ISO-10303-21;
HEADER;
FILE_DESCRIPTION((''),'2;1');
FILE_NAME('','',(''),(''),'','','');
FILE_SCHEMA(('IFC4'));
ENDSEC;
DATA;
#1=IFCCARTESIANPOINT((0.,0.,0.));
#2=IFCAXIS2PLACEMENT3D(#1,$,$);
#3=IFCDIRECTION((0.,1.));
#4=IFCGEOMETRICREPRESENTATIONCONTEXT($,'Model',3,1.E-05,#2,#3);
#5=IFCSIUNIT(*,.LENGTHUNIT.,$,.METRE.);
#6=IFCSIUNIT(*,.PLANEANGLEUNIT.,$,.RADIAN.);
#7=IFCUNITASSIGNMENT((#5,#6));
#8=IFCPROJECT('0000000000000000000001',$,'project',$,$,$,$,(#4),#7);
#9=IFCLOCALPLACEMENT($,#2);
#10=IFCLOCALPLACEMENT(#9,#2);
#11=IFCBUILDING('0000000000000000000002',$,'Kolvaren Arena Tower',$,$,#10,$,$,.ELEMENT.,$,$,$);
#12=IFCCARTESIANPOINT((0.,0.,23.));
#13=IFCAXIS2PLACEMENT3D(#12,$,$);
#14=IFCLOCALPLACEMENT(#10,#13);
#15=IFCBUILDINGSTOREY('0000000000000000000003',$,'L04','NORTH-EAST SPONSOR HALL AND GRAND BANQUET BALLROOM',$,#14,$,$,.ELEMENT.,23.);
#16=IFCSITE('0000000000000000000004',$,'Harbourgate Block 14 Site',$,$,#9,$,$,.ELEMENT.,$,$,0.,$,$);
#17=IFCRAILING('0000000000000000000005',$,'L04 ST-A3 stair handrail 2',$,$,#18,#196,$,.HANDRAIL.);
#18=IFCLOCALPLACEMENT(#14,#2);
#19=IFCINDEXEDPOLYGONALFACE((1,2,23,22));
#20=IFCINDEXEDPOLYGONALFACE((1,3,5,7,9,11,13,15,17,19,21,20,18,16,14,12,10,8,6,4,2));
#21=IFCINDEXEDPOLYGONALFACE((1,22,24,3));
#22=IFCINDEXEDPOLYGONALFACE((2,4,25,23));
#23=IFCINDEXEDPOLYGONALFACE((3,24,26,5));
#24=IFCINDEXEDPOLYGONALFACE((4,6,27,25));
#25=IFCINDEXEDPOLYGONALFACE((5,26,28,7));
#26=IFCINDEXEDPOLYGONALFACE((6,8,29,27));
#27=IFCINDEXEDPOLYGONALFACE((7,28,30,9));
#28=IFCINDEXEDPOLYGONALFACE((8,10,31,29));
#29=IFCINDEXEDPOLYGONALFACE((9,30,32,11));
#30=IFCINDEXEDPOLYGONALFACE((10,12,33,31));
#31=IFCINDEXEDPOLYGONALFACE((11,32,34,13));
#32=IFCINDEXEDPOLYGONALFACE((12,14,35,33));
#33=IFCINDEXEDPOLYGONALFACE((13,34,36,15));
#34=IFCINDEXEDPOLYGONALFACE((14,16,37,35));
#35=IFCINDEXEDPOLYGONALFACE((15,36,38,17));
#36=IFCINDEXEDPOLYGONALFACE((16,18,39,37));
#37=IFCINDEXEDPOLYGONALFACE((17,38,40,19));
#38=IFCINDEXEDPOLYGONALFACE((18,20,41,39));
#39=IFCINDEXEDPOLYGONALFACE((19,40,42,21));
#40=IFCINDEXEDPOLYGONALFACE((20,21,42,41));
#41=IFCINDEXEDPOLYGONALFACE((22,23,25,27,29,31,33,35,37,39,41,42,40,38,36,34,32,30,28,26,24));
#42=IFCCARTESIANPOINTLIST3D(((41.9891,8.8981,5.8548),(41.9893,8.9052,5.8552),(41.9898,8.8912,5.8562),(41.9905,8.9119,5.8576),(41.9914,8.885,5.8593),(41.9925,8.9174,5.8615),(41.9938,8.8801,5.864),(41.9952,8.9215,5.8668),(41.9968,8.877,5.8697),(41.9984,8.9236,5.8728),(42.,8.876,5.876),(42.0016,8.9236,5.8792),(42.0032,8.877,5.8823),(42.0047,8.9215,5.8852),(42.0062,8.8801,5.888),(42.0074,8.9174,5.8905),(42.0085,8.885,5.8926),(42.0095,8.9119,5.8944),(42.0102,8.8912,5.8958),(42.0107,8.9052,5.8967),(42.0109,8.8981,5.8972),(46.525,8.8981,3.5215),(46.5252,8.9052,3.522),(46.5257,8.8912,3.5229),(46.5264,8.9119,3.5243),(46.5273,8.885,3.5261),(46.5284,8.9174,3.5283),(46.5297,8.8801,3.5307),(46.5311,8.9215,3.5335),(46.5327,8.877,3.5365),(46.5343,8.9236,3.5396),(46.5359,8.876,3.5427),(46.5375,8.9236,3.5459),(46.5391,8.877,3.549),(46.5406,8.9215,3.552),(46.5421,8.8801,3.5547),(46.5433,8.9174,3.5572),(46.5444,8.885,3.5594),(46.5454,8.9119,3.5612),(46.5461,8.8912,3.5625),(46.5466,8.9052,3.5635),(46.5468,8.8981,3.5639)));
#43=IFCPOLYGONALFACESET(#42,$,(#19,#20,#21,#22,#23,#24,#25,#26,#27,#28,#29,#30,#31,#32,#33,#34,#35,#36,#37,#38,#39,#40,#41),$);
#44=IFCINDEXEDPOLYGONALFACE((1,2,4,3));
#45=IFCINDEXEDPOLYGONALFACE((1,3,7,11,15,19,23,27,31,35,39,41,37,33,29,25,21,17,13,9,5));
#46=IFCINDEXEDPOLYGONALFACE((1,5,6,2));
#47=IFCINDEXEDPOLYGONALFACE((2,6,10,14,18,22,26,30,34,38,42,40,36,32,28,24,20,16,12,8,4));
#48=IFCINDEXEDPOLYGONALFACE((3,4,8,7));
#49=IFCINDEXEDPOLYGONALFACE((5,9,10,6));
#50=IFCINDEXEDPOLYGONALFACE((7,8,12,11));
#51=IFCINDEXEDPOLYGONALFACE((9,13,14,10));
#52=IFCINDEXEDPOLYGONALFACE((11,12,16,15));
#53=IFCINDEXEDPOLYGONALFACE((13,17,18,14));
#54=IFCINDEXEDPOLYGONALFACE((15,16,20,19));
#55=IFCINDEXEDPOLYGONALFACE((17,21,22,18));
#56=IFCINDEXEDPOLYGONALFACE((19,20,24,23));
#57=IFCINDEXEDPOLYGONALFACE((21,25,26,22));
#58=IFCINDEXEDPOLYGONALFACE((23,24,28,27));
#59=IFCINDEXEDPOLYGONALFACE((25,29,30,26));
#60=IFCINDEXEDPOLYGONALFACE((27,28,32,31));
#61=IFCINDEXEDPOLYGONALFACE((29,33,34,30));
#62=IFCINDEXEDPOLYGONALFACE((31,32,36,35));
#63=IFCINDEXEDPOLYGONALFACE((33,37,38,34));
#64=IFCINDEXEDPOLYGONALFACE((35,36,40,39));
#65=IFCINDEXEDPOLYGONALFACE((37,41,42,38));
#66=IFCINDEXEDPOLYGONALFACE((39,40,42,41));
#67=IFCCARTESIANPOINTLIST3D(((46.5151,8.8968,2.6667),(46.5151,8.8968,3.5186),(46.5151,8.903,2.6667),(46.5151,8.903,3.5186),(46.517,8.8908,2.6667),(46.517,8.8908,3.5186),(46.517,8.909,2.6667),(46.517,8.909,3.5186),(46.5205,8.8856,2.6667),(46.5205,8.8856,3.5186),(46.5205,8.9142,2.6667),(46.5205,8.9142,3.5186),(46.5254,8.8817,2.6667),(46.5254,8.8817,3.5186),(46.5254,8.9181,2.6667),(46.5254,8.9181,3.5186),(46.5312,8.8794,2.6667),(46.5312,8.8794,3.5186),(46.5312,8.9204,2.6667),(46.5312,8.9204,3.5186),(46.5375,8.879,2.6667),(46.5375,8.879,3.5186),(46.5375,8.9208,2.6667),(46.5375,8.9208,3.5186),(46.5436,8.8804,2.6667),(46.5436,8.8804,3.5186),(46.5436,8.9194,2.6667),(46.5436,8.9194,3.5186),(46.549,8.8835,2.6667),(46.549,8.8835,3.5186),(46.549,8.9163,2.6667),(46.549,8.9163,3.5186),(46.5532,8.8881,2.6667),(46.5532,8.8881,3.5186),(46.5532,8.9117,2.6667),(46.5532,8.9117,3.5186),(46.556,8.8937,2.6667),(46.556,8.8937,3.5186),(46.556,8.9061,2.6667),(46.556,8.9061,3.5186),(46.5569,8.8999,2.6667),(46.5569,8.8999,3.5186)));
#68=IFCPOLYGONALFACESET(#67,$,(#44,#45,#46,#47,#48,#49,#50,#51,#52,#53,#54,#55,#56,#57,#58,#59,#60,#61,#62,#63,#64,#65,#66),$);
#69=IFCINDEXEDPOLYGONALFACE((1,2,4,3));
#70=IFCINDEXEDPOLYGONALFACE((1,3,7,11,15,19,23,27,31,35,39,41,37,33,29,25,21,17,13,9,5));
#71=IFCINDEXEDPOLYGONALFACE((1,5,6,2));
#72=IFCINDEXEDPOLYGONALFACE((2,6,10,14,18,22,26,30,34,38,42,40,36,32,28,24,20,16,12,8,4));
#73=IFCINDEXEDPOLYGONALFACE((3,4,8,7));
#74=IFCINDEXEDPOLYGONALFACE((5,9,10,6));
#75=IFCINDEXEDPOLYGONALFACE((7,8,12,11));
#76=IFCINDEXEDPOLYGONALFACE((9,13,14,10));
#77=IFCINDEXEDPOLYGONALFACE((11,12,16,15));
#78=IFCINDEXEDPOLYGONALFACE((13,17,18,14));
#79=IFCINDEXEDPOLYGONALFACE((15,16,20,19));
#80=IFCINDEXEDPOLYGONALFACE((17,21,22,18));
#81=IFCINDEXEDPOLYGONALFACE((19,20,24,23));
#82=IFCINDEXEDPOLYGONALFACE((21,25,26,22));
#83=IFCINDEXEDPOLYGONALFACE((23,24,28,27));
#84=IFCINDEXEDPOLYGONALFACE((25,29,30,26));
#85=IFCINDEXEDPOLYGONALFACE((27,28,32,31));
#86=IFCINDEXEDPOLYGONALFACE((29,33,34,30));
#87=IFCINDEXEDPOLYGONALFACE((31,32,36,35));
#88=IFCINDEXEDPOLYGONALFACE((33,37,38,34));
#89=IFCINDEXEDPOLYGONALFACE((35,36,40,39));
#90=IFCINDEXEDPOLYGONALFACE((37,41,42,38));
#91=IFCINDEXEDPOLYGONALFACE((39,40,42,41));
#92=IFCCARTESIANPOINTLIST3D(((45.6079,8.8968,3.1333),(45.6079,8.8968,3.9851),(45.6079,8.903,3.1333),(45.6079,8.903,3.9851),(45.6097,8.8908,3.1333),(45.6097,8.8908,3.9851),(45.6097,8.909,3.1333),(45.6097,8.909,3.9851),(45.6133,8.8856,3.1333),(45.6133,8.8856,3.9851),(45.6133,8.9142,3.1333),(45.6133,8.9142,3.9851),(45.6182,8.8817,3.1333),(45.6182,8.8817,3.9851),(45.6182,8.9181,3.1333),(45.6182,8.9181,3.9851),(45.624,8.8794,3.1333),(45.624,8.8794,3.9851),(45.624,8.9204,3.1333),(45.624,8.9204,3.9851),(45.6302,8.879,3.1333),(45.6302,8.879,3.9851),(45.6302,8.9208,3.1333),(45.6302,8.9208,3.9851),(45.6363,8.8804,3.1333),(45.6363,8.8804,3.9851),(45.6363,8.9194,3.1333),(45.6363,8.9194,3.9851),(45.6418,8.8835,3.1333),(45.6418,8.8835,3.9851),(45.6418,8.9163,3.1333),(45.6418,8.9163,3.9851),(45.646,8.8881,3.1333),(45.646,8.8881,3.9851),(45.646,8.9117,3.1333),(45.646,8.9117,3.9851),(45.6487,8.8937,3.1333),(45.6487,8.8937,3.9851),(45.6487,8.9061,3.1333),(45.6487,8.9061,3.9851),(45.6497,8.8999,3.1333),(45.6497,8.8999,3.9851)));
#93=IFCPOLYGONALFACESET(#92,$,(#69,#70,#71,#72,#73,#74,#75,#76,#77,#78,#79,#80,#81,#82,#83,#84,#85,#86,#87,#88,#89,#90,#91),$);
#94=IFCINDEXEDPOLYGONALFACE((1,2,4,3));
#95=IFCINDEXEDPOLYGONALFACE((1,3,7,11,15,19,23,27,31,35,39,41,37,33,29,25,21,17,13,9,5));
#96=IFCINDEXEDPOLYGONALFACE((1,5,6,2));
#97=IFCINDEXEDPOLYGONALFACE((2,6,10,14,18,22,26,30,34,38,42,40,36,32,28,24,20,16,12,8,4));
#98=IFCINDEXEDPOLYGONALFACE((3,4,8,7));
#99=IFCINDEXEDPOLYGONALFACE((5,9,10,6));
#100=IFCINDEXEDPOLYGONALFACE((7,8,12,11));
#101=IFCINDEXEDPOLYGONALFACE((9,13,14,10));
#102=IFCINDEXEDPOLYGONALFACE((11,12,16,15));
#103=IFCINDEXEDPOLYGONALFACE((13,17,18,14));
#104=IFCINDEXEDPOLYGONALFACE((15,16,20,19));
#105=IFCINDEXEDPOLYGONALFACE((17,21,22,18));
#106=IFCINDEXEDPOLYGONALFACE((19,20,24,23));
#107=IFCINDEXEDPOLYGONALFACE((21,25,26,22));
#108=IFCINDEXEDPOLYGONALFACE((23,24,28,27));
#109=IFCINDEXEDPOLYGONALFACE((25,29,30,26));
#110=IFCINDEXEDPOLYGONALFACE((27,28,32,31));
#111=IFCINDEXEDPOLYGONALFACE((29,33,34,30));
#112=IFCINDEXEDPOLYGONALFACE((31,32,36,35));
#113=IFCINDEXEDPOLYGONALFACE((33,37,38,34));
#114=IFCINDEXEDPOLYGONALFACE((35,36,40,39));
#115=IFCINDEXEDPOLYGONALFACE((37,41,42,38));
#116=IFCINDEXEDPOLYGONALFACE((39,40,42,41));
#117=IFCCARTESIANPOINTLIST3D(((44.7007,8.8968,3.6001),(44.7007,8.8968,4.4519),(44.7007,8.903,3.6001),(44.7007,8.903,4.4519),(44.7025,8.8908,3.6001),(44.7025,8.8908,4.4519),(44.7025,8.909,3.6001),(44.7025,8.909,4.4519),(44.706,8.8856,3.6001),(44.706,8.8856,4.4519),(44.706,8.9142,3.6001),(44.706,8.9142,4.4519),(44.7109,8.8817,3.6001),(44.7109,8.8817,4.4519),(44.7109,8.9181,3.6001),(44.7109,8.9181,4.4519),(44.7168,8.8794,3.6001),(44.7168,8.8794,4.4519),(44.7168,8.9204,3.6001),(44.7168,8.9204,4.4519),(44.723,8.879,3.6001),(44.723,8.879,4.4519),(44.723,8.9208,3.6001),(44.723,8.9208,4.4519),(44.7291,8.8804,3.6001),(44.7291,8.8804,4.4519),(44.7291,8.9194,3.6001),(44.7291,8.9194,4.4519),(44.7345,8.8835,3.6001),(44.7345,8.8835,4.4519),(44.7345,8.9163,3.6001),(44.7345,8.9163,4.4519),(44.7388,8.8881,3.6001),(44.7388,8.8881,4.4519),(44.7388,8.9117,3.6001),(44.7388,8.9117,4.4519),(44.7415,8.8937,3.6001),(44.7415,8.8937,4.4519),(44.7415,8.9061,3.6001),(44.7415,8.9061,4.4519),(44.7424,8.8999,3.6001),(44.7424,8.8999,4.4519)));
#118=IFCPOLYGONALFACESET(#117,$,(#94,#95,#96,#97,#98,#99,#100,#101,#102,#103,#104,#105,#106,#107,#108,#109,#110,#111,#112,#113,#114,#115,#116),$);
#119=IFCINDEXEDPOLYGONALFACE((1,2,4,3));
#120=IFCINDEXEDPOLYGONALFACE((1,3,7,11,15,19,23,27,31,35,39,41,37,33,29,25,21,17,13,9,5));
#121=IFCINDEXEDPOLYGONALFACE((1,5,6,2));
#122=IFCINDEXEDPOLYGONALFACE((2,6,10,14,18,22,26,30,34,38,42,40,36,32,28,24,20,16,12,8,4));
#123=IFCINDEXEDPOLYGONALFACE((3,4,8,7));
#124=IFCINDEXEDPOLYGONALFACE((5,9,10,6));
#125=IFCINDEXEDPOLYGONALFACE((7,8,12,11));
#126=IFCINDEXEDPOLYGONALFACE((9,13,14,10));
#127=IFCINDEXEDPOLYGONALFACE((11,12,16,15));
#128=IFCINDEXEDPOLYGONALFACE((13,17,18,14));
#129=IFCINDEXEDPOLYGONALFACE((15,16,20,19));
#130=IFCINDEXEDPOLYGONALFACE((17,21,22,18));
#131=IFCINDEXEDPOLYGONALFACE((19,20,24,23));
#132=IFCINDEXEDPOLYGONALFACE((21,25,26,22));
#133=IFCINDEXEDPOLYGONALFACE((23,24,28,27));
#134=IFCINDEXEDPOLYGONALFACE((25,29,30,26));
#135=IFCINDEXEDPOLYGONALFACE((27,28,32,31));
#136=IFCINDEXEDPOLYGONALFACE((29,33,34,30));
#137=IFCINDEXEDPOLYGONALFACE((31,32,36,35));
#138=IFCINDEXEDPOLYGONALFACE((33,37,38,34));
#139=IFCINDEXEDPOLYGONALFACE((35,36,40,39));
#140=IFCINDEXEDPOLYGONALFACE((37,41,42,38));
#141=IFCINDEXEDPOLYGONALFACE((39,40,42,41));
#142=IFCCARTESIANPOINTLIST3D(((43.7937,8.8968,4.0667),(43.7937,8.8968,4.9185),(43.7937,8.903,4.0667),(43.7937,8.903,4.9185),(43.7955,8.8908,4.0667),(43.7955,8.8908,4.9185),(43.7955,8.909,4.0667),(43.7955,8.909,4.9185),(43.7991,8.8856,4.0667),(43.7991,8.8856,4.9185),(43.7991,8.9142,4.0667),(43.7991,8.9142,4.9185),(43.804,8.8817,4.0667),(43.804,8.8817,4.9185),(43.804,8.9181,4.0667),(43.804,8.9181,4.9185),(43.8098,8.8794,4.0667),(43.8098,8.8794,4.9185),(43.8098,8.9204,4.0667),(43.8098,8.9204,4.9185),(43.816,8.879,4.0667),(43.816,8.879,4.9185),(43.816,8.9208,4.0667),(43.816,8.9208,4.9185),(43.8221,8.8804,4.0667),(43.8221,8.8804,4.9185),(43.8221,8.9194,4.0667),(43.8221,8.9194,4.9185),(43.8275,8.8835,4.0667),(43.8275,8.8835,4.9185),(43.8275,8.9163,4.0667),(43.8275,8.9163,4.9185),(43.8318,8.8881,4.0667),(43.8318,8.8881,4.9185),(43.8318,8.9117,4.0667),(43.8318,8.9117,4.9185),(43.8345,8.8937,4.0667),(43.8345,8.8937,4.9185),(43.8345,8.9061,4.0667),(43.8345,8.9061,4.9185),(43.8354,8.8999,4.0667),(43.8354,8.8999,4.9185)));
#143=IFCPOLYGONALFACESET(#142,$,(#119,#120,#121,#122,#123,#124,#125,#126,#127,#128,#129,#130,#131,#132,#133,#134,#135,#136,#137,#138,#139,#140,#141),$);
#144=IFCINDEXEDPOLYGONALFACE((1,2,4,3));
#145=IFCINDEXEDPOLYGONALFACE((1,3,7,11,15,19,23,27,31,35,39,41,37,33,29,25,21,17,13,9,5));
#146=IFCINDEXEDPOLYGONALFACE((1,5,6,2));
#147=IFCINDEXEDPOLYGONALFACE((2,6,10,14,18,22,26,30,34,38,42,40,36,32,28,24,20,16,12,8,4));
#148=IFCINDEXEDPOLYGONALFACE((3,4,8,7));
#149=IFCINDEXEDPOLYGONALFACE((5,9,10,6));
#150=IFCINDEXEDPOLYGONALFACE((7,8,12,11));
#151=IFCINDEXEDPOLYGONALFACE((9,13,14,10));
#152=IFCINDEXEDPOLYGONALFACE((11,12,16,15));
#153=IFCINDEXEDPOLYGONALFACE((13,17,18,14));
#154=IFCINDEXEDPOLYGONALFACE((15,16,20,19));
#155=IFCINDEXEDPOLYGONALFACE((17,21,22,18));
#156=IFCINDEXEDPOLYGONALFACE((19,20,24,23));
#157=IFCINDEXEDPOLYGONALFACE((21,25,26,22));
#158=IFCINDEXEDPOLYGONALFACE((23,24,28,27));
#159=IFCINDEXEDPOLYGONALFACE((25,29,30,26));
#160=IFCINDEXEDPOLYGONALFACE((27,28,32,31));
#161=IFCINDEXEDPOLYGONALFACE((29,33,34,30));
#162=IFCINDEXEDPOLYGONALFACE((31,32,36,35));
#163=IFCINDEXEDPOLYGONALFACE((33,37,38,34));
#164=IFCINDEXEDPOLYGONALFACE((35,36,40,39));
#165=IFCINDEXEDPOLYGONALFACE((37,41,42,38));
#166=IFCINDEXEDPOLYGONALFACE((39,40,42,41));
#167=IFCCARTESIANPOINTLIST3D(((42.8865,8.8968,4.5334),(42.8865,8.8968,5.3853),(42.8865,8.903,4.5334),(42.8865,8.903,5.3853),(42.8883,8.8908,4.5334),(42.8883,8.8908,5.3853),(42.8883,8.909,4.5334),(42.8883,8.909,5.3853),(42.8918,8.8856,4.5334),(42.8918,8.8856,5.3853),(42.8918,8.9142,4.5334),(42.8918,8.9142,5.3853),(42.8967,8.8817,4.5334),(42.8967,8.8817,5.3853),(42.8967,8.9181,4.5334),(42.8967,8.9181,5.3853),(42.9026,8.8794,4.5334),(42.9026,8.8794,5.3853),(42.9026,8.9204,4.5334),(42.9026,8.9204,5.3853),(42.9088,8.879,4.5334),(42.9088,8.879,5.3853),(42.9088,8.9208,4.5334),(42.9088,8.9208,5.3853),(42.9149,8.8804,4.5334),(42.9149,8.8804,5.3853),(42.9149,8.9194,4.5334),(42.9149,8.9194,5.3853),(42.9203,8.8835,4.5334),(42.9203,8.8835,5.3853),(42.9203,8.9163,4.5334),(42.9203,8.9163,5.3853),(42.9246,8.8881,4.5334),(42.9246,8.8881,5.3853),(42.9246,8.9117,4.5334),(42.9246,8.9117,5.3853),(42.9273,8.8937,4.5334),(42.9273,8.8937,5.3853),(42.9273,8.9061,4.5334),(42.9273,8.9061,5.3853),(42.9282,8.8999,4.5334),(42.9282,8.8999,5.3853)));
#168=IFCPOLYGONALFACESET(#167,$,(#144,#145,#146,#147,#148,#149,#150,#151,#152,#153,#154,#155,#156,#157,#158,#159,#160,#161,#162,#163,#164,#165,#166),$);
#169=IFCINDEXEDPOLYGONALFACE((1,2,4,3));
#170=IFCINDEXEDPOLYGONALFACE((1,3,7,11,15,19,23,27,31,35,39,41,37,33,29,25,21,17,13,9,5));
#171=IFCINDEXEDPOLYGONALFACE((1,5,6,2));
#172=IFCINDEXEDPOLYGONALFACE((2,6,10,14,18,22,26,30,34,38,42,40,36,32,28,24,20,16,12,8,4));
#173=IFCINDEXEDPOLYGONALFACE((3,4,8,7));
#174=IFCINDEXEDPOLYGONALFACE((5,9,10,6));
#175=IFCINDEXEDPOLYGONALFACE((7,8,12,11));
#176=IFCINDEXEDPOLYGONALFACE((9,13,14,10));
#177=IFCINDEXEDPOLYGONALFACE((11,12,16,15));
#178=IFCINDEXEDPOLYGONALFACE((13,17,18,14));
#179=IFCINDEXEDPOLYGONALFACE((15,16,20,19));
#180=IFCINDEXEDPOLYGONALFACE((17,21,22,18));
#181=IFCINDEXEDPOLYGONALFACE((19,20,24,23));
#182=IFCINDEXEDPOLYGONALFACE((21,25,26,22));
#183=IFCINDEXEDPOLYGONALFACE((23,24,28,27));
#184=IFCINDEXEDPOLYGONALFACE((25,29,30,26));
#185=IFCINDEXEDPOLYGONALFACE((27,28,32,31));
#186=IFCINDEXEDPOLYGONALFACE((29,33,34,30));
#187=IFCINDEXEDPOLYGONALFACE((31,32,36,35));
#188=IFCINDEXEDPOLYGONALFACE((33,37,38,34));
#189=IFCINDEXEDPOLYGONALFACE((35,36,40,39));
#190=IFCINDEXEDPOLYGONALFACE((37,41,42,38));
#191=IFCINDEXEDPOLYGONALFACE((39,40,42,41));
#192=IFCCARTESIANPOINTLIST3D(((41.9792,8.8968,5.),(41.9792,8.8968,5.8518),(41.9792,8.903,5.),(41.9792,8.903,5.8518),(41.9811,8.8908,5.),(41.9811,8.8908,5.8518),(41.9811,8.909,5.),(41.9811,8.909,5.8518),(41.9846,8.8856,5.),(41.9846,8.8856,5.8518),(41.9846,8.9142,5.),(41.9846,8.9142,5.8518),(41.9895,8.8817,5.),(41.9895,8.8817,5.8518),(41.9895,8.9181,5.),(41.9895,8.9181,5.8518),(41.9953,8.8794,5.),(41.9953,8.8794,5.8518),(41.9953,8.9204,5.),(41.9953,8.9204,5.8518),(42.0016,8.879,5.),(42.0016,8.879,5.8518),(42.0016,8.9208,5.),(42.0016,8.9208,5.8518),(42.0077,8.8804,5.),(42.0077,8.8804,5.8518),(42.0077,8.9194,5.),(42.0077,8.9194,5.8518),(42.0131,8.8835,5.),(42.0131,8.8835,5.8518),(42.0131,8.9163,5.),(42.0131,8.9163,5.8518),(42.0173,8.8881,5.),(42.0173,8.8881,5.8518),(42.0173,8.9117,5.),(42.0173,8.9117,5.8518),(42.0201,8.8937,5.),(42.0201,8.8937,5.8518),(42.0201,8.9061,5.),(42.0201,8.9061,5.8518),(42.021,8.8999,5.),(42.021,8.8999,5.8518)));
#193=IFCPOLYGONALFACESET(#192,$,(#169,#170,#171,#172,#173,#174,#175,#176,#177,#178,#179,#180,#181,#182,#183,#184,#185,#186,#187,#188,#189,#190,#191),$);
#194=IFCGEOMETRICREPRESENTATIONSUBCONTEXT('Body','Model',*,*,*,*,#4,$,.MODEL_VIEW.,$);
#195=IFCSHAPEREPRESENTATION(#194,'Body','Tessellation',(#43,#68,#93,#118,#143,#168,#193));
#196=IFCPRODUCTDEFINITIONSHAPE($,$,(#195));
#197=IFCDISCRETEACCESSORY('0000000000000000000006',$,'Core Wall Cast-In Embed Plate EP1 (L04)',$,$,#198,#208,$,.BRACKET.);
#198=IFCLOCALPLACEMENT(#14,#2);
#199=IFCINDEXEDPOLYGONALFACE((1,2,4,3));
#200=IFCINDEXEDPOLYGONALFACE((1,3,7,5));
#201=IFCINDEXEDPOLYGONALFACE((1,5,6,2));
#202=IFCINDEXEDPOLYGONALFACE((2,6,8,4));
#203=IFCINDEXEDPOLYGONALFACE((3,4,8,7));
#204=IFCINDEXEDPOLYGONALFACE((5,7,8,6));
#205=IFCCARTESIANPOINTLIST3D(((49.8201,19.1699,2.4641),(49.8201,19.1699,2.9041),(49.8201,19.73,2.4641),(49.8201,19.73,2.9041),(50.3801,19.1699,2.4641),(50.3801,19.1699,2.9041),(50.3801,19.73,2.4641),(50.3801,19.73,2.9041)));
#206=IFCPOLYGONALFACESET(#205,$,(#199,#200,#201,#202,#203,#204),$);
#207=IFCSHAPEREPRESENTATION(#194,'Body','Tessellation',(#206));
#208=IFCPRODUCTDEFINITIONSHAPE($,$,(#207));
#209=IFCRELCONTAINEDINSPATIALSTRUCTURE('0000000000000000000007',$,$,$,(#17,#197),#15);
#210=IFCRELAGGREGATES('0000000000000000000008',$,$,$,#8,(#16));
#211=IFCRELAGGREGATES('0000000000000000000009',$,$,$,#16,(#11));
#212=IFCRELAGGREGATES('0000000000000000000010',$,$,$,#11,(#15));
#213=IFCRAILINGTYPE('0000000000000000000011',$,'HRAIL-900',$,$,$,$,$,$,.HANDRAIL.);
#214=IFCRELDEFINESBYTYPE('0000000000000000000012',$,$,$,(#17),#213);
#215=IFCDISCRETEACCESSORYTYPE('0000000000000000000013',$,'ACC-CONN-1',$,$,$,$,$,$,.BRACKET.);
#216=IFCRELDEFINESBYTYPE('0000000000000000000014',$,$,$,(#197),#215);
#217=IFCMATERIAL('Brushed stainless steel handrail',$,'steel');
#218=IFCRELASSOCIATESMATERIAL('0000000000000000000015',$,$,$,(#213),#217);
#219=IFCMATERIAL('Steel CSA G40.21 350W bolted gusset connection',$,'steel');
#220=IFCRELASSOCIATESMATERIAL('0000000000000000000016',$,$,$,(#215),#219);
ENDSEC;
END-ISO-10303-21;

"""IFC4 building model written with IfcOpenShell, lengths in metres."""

from ifc_helpers import new_model, si_unit, direction, frame, origin, origin_2d, place, context, subcontext, project, spatial, rectangle, circle, extrude, material, type_object, element, save


model = new_model("IFC4")

# Units and contexts
model_context = context("Model", 3, precision=1e-05, world=origin(), true_north=direction((0.0, 1.0)))
body_context = subcontext(model_context, "Body", "Model", "MODEL_VIEW")
ifc_project = project(units=[si_unit("LENGTHUNIT", "METRE"), si_unit("PLANEANGLEUNIT", "RADIAN")], contexts=[model_context])

# Site, building, storey
site_placement = place(None, origin())
site = spatial("IfcSite", under=ifc_project, at=site_placement, Name="Harbourgate Block 14 Site", CompositionType="ELEMENT", RefElevation=0.0)
building_placement = place(site_placement, origin())
building = spatial("IfcBuilding", under=site, at=building_placement, Name="Kolvaren Arena Tower", CompositionType="ELEMENT")
storey_placement = place(building_placement, frame((0.0, 0.0, 23.0)))
storey = spatial("IfcBuildingStorey", under=building, at=storey_placement, Name="L04", Description="NORTH-EAST SPONSOR HALL AND GRAND BANQUET BALLROOM", CompositionType="ELEMENT", Elevation=23.0)

# Railing
ifc_material_1 = material(Name="Brushed stainless steel handrail", Category="steel")
railing_type = type_object("IfcRailingType", Name="HRAIL-900", PredefinedType="HANDRAIL", material=ifc_material_1)
railing_placement = place(storey_placement, frame((46.5359, 8.8999, 2.6667)))
element("IfcRailing", 1, at=railing_placement, inside=storey, type_object=railing_type, Name="L04 ST-A3 stair handrail 2", PredefinedType="HANDRAIL", context=body_context, shape_type="SweptSolid", body=[
    extrude(circle(Radius=0.0239, at=origin_2d()), frame((0.0, 0.0, 0.876), z_axis=(-0.889247, 0.0, 0.457427), x_axis=(0.0, -1.0, 0.0)), (0.0, 0.0, 1.0), 5.1008),
    extrude(circle(Radius=0.021, at=origin_2d()), origin(), (0.0, 0.0, 1.0), 0.8518),
    extrude(circle(Radius=0.021, at=origin_2d()), frame((-0.9072, 0.0, 0.4666)), (0.0, 0.0, 1.0), 0.8518),
    extrude(circle(Radius=0.021, at=origin_2d()), frame((-1.8145, 0.0, 0.9333)), (0.0, 0.0, 1.0), 0.8518),
    extrude(circle(Radius=0.021, at=origin_2d()), frame((-2.7214, 0.0, 1.3999)), (0.0, 0.0, 1.0), 0.8518),
    extrude(circle(Radius=0.021, at=origin_2d()), frame((-3.6287, 0.0, 1.8667)), (0.0, 0.0, 1.0), 0.8518),
    extrude(circle(Radius=0.021, at=origin_2d()), frame((-4.5359, 0.0, 2.3333)), (0.0, 0.0, 1.0), 0.8518),
])

# Discrete accessory
ifc_material_2 = material(Name="Steel CSA G40.21 350W bolted gusset connection", Category="steel")
discrete_accessory_type = type_object("IfcDiscreteAccessoryType", Name="ACC-CONN-1", PredefinedType="BRACKET", material=ifc_material_2)
discrete_accessory_placement = place(storey_placement, frame((50.1001, 19.45, 2.4641), z_axis=(0.0, 0.0, 1.0), x_axis=(1.0, 0.0, 0.0)))
element("IfcDiscreteAccessory", 2, at=discrete_accessory_placement, inside=storey, type_object=discrete_accessory_type, Name="Core Wall Cast-In Embed Plate EP1 (L04)", PredefinedType="BRACKET", context=body_context, shape_type="SweptSolid", body=[
    extrude(rectangle(XDim=0.5601, YDim=0.5601, at=origin_2d()), origin(), (0.0, 0.0, 1.0), 0.4399),
])

save(model, "model.ifc")
